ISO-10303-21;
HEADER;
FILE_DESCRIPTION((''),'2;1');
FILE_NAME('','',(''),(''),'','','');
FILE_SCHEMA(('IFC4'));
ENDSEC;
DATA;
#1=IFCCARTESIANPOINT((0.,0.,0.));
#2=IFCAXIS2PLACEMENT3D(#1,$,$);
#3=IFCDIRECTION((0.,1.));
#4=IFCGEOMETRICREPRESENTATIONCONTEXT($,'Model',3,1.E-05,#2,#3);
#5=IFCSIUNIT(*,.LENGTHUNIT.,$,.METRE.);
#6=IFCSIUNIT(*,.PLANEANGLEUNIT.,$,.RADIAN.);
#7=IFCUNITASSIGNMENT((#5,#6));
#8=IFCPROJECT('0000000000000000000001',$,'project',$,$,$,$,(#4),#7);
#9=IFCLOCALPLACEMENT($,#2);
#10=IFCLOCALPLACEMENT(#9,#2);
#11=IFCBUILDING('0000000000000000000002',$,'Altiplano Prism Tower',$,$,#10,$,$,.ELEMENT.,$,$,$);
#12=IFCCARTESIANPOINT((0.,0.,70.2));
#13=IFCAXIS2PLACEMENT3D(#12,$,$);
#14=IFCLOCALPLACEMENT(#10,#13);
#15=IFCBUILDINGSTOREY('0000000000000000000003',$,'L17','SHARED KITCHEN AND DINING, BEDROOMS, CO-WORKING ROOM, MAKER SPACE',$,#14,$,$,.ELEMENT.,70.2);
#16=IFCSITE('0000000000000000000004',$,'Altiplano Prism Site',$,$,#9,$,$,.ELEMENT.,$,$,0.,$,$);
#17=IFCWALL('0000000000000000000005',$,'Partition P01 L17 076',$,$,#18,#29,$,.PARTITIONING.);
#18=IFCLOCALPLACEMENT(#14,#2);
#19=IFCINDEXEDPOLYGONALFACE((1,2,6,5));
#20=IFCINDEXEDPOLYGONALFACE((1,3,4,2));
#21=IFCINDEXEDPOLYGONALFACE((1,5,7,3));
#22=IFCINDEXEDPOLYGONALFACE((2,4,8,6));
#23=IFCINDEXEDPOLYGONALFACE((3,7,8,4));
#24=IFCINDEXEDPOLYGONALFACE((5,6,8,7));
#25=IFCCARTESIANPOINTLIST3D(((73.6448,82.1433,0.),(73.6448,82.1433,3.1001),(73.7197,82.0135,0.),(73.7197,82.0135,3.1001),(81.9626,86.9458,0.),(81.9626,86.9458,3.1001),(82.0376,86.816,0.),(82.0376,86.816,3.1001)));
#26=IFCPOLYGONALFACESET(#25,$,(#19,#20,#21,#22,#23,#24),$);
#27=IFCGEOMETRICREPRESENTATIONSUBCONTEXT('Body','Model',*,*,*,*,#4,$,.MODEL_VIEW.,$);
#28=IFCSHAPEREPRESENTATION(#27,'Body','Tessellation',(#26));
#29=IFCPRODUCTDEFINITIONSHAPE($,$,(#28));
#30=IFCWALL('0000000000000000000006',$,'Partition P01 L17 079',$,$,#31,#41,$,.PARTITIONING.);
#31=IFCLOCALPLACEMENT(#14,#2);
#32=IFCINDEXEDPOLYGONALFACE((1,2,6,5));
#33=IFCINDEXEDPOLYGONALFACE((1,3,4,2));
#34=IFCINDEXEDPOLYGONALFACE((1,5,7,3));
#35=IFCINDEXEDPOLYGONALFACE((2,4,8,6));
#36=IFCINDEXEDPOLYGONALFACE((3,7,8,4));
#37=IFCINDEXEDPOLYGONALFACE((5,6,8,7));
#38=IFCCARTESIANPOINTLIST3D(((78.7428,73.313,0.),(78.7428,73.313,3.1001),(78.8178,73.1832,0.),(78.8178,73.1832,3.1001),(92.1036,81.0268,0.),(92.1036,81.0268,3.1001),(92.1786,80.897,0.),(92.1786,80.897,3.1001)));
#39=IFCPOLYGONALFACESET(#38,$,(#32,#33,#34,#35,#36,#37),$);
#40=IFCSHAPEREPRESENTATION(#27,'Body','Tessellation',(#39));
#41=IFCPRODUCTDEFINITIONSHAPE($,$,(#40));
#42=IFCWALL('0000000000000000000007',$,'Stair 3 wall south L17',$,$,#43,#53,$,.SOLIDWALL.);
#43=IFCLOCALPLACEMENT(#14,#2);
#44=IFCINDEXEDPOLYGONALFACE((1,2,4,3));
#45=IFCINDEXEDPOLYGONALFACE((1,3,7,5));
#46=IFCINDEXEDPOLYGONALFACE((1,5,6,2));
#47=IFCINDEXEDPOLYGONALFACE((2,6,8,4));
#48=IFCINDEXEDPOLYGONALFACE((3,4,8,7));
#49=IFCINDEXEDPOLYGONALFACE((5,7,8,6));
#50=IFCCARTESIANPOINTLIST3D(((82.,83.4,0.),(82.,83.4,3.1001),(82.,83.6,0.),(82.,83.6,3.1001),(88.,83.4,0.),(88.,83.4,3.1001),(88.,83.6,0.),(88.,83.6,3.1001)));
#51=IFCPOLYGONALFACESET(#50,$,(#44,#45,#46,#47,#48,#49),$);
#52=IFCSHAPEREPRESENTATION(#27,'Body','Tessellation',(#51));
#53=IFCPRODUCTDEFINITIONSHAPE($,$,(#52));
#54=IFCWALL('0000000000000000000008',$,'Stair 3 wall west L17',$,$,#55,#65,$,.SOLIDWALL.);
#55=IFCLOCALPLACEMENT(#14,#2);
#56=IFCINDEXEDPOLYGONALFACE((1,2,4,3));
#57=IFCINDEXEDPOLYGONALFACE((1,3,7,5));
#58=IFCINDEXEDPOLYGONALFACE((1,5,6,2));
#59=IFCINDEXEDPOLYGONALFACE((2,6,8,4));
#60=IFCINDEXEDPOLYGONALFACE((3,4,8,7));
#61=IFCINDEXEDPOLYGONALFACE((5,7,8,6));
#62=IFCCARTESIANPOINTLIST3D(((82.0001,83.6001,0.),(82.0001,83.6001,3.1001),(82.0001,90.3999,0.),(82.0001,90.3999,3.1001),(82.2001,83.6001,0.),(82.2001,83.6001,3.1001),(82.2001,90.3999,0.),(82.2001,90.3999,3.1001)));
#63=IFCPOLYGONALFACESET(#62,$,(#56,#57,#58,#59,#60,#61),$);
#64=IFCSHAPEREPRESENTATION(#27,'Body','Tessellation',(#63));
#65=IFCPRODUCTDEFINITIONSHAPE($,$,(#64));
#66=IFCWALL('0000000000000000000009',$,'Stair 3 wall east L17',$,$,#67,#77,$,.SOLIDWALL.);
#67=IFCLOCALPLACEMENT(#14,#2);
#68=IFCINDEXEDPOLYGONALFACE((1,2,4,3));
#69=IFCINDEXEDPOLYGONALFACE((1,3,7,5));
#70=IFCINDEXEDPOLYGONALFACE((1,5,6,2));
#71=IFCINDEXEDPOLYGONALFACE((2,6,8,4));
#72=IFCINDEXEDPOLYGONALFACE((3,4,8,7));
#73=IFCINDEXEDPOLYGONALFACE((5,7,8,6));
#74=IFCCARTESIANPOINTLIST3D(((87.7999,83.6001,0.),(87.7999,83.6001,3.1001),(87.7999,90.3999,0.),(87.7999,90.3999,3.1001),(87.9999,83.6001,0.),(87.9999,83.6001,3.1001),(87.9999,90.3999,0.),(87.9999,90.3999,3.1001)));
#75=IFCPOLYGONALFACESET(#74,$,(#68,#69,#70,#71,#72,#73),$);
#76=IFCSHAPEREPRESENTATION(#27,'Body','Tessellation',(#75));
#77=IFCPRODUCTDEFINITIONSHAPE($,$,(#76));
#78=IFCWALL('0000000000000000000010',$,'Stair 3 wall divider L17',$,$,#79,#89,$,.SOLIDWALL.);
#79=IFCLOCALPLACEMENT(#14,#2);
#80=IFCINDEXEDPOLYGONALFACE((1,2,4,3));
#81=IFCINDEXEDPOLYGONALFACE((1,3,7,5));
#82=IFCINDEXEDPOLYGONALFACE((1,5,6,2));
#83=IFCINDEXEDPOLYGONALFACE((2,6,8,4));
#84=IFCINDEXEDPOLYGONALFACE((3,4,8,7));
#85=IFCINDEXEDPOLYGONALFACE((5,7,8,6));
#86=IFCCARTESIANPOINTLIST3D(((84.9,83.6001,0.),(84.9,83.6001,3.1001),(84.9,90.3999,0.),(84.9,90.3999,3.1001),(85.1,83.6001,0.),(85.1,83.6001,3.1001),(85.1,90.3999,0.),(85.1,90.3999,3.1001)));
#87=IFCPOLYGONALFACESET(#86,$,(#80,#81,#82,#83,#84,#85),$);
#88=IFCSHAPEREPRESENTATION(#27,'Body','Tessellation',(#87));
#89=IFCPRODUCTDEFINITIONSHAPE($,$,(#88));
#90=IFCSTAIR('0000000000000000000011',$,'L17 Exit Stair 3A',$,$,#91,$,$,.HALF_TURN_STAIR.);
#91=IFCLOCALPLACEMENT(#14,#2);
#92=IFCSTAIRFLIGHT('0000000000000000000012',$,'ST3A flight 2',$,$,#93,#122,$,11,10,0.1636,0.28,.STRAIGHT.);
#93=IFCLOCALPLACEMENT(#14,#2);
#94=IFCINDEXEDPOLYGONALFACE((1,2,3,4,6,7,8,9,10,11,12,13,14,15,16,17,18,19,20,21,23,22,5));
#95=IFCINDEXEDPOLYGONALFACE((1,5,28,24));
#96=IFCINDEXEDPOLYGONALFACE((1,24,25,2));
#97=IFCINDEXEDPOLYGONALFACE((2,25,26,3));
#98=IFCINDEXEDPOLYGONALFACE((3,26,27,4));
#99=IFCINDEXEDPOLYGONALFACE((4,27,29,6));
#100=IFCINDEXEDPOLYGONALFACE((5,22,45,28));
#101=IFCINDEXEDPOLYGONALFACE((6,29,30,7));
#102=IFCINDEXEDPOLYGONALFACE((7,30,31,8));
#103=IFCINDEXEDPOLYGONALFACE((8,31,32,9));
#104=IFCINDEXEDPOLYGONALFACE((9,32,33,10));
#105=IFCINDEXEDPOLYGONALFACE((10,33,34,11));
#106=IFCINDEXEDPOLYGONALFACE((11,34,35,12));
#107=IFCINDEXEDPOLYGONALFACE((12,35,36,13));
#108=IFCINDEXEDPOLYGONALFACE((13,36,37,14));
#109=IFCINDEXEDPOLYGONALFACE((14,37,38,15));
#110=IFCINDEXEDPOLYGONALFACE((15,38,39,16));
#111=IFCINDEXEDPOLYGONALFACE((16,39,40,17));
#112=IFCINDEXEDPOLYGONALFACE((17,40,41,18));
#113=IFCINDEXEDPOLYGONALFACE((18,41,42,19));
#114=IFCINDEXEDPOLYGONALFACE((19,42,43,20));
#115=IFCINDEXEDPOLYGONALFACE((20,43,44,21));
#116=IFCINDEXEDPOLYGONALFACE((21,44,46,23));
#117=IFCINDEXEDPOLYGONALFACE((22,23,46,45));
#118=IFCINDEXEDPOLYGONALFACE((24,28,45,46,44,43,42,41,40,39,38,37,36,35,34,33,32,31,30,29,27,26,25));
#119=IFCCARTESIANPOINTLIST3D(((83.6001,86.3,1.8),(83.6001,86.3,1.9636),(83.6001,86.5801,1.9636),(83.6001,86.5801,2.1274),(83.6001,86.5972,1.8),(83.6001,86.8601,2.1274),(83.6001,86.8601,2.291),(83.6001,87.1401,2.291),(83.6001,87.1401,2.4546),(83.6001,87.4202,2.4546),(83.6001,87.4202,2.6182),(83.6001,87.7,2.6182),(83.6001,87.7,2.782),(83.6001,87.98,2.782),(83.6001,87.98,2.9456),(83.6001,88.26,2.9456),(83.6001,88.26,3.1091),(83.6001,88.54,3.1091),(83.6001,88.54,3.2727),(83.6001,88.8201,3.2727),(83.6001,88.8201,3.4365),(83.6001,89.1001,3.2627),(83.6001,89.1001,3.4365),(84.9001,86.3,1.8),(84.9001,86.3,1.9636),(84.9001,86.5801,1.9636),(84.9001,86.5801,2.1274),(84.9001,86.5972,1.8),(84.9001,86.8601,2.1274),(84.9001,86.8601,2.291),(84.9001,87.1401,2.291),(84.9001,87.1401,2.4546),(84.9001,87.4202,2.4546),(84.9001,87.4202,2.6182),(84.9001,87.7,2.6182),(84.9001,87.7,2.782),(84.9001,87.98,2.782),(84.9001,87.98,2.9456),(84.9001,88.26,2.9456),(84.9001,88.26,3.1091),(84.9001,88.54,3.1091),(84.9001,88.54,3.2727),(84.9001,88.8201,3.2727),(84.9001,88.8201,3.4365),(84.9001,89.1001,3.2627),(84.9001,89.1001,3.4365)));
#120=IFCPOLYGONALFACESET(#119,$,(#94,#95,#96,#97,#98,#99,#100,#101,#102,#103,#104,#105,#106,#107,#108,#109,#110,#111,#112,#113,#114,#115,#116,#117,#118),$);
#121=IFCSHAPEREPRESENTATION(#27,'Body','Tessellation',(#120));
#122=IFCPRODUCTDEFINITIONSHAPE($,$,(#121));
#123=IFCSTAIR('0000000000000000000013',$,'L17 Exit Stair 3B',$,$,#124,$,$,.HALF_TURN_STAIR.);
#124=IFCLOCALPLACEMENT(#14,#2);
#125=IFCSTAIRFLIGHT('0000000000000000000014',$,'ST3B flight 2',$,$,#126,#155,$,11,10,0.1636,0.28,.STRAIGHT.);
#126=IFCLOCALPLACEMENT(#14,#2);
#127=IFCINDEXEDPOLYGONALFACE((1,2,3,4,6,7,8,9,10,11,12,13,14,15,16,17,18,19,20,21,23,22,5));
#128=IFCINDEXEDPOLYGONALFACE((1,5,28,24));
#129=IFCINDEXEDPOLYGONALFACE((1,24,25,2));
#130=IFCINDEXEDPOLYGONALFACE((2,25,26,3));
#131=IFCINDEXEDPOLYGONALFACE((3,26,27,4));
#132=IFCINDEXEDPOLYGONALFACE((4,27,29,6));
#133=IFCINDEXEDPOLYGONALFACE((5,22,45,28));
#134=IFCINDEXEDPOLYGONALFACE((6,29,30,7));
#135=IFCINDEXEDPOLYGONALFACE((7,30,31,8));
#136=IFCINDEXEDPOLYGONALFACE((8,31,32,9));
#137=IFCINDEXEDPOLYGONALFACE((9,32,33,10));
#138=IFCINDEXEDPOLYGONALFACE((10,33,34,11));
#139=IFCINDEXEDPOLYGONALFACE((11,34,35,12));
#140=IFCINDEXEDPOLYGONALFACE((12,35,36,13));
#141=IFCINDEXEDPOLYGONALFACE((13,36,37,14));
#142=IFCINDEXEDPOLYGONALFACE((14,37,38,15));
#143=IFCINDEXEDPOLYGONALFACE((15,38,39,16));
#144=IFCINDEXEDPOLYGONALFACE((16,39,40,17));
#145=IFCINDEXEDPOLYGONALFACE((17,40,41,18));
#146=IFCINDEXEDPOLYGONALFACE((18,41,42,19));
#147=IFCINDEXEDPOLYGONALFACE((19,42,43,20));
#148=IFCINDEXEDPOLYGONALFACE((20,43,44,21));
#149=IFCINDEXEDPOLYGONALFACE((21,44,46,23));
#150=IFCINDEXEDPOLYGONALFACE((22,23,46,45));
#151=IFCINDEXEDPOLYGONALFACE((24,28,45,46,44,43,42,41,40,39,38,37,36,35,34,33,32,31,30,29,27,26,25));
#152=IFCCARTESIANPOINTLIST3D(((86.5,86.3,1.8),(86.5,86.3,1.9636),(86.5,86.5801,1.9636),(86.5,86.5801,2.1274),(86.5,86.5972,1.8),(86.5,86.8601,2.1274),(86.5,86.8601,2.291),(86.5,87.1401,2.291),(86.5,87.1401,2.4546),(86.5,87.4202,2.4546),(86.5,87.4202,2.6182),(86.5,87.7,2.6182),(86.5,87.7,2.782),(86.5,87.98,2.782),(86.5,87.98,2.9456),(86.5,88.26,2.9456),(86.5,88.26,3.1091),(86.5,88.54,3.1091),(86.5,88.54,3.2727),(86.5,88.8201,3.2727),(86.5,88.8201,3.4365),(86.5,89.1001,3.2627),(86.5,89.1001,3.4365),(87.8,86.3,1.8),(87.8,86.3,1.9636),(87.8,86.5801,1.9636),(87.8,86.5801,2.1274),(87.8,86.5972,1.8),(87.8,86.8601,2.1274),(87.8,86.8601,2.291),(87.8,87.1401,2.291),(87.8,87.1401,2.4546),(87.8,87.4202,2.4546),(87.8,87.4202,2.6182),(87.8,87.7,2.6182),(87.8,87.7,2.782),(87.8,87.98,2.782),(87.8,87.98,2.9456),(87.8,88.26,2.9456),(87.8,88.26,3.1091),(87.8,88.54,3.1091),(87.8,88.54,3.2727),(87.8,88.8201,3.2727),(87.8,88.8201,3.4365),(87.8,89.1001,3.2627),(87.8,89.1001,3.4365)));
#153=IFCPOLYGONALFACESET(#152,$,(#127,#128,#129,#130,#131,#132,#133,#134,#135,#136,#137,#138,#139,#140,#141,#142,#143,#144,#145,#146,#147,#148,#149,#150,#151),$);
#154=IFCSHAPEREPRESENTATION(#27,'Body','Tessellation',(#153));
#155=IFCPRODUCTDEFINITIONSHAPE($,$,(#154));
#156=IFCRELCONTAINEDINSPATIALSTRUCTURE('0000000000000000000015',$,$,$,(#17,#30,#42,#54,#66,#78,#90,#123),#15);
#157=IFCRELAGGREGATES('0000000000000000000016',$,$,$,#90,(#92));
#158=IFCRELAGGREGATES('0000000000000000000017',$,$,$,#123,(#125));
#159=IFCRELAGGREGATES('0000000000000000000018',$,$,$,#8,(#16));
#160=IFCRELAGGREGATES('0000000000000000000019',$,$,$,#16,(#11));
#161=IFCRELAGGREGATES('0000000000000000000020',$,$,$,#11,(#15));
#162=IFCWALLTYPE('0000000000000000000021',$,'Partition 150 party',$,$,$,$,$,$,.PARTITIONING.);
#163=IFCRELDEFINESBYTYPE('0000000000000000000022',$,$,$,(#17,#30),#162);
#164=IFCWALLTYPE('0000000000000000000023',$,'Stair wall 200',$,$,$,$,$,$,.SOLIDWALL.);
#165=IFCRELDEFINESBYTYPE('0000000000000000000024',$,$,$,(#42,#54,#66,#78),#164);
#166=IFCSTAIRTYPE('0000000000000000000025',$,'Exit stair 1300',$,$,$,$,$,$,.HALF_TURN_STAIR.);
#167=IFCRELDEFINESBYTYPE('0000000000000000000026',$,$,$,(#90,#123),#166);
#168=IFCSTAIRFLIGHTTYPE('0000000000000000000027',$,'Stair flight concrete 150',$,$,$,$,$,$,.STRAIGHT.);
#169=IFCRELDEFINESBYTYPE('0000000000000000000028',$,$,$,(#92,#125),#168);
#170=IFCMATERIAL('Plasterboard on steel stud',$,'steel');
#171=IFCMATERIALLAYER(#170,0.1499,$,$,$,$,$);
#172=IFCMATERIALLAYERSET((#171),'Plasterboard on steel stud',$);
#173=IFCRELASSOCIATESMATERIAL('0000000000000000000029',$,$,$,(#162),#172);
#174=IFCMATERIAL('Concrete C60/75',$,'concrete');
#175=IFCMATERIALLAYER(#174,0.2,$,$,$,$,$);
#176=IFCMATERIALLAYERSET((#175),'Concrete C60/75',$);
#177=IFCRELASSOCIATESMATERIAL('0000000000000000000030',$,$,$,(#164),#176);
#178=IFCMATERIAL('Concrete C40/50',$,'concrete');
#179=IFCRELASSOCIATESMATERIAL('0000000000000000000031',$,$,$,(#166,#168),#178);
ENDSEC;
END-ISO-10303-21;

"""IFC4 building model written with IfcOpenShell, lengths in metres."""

from ifc_helpers import new_model, si_unit, direction, frame, frame_2d, origin, place, context, subcontext, project, spatial, polyline, rectangle, outline, extrude, material, layer, layer_set, type_object, element, aggregate, save


model = new_model("IFC4")

# Units and contexts
model_context = context("Model", 3, precision=1e-05, world=origin(), true_north=direction((0.0, 1.0)))
body_context = subcontext(model_context, "Body", "Model", "MODEL_VIEW")
ifc_project = project(units=[si_unit("LENGTHUNIT", "METRE"), si_unit("PLANEANGLEUNIT", "RADIAN")], contexts=[model_context])

# Site, building, storey
site_placement = place(None, origin())
site = spatial("IfcSite", under=ifc_project, at=site_placement, Name="Altiplano Prism Site", CompositionType="ELEMENT", RefElevation=0.0)
building_placement = place(site_placement, origin())
building = spatial("IfcBuilding", under=site, at=building_placement, Name="Altiplano Prism Tower", CompositionType="ELEMENT")
storey_placement = place(building_placement, frame((0.0, 0.0, 70.2)))
storey = spatial("IfcBuildingStorey", under=building, at=storey_placement, Name="L17", Description="SHARED KITCHEN AND DINING, BEDROOMS, CO-WORKING ROOM, MAKER SPACE", CompositionType="ELEMENT", Elevation=70.2)

# Shared definitions
ifc_material_1 = material(Name="Concrete C60/75", Category="concrete")

# Shared definitions
ifc_material_2 = material(Name="Plasterboard on steel stud", Category="steel")

# Walls
ifc_layer_1 = layer(ifc_material_2, 0.1499)
ifc_layer_set_1 = layer_set([ifc_layer_1], Name="Plasterboard on steel stud")
wall_type_1 = type_object("IfcWallType", Name="Partition 150 party", PredefinedType="PARTITIONING", material=ifc_layer_set_1)
wall_1_placement = place(storey_placement, frame((82.0, 86.8809, 0.0), z_axis=(0.0, 0.0, 1.0), x_axis=(-0.866018, -0.500013, 0.0)))
element("IfcWall", 1, at=wall_1_placement, inside=storey, type_object=wall_type_1, Name="Partition P01 L17 076", PredefinedType="PARTITIONING", context=body_context, shape_type="SweptSolid", body=[
    extrude(rectangle(XDim=9.6047, YDim=0.1499, at=frame_2d((4.8022, 0.0))), origin(), (0.0, 0.0, 1.0), 3.1001),
])
wall_2_placement = place(storey_placement, frame((92.1411, 80.9619, 0.0), z_axis=(0.0, 0.0, 1.0), x_axis=(-0.866026, -0.499999, 0.0)))
element("IfcWall", 2, at=wall_2_placement, inside=storey, type_object=wall_type_1, Name="Partition P01 L17 079", PredefinedType="PARTITIONING", context=body_context, shape_type="SweptSolid", body=[
    extrude(rectangle(XDim=15.4277, YDim=0.1499, at=frame_2d((7.7139, 0.0))), origin(), (0.0, 0.0, 1.0), 3.1001),
])
ifc_layer_2 = layer(ifc_material_1, 0.2)
ifc_layer_set_2 = layer_set([ifc_layer_2], Name="Concrete C60/75")
wall_type_2 = type_object("IfcWallType", Name="Stair wall 200", PredefinedType="SOLIDWALL", material=ifc_layer_set_2)
wall_3_placement = place(storey_placement, frame((82.0, 83.5, 0.0), z_axis=(0.0, 0.0, 1.0), x_axis=(1.0, 0.0, 0.0)))
element("IfcWall", 3, at=wall_3_placement, inside=storey, type_object=wall_type_2, Name="Stair 3 wall south L17", PredefinedType="SOLIDWALL", context=body_context, shape_type="SweptSolid", body=[
    extrude(rectangle(XDim=6.0, YDim=0.2, at=frame_2d((3.0, 0.0))), origin(), (0.0, 0.0, 1.0), 3.1001),
])
for number, where, z_axis, x_axis, name in (
    (4, (82.1001, 83.6001, 0.0), (0.0, 0.0, 1.0), (0.0, 1.0, 0.0), "Stair 3 wall west L17"),
    (5, (87.8999, 83.6001, 0.0), (0.0, 0.0, 1.0), (0.0, 1.0, 0.0), "Stair 3 wall east L17"),
    (6, (85.0, 83.6001, 0.0), (0.0, 0.0, 1.0), (0.0, 1.0, 0.0), "Stair 3 wall divider L17"),
):
    element("IfcWall", number, at=place(storey_placement, frame(where, z_axis=z_axis, x_axis=x_axis)), inside=storey, type_object=wall_type_2, Name=name, PredefinedType="SOLIDWALL", context=body_context, shape_type="SweptSolid", body=[
        extrude(rectangle(XDim=6.7998, YDim=0.2, at=frame_2d((3.3999, 0.0))), origin(), (0.0, 0.0, 1.0), 3.1001),
    ])

# Stairs, stair flights
ifc_material_3 = material(Name="Concrete C40/50", Category="concrete")
stair_type = type_object("IfcStairType", Name="Exit stair 1300", PredefinedType="HALF_TURN_STAIR", material=ifc_material_3)
stair_1_placement = place(storey_placement, origin())
stair_1 = element("IfcStair", 7, at=stair_1_placement, inside=storey, type_object=stair_type, Name="L17 Exit Stair 3A", PredefinedType="HALF_TURN_STAIR")
stair_flight_type = type_object("IfcStairFlightType", Name="Stair flight concrete 150", PredefinedType="STRAIGHT", material=ifc_material_3)
stair_flight_1_placement = place(storey_placement, frame((84.25, 86.3, 1.8), z_axis=(0.0, 0.0, 1.0), x_axis=(0.0, 1.0, 0.0)))
stair_flight_1 = element("IfcStairFlight", 8, at=stair_flight_1_placement, type_object=stair_flight_type, Name="ST3A flight 2", NumberOfRisers=11, NumberOfTreads=10, PredefinedType="STRAIGHT", RiserHeight=0.1636, TreadLength=0.28, context=body_context, shape_type="SweptSolid", body=[
    extrude(outline(polyline([(0.0, 0.0), (0.0, 0.1636), (0.28, 0.1636), (0.28, 0.3274), (0.5601, 0.3274), (0.5601, 0.491), (0.8401, 0.491), (0.8401, 0.6545), (1.1201, 0.6545), (1.1201, 0.8181), (1.3999, 0.8181), (1.3999, 0.9819), (1.6799, 0.9819), (1.6799, 1.1455), (1.96, 1.1455), (1.96, 1.3091), (2.24, 1.3091), (2.24, 1.4727), (2.52, 1.4727), (2.52, 1.6365), (2.8, 1.6365), (2.8, 1.8), (2.8, 1.4626), (0.2971, 0.0), (0.0, 0.0)])), frame((0.0, 0.6499, 0.0), z_axis=(0.0, -1.0, 0.0), x_axis=(1.0, 0.0, 0.0)), (0.0, 0.0, 1.0), 1.3),
])
aggregate(stair_1, [stair_flight_1])
stair_2_placement = place(storey_placement, origin())
stair_2 = element("IfcStair", 9, at=stair_2_placement, inside=storey, type_object=stair_type, Name="L17 Exit Stair 3B", PredefinedType="HALF_TURN_STAIR")
stair_flight_2_placement = place(storey_placement, frame((87.1499, 86.3, 1.8), z_axis=(0.0, 0.0, 1.0), x_axis=(0.0, 1.0, 0.0)))
stair_flight_2 = element("IfcStairFlight", 10, at=stair_flight_2_placement, type_object=stair_flight_type, Name="ST3B flight 2", NumberOfRisers=11, NumberOfTreads=10, PredefinedType="STRAIGHT", RiserHeight=0.1636, TreadLength=0.28, context=body_context, shape_type="SweptSolid", body=[
    extrude(outline(polyline([(0.0, 0.0), (0.0, 0.1636), (0.28, 0.1636), (0.28, 0.3274), (0.5601, 0.3274), (0.5601, 0.491), (0.8401, 0.491), (0.8401, 0.6545), (1.1201, 0.6545), (1.1201, 0.8181), (1.3999, 0.8181), (1.3999, 0.9819), (1.6799, 0.9819), (1.6799, 1.1455), (1.96, 1.1455), (1.96, 1.3091), (2.24, 1.3091), (2.24, 1.4727), (2.52, 1.4727), (2.52, 1.6365), (2.8, 1.6365), (2.8, 1.8), (2.8, 1.4626), (0.2971, 0.0), (0.0, 0.0)])), frame((0.0, 0.6499, 0.0), z_axis=(0.0, -1.0, 0.0), x_axis=(1.0, 0.0, 0.0)), (0.0, 0.0, 1.0), 1.3),
])
aggregate(stair_2, [stair_flight_2])

save(model, "model.ifc")
